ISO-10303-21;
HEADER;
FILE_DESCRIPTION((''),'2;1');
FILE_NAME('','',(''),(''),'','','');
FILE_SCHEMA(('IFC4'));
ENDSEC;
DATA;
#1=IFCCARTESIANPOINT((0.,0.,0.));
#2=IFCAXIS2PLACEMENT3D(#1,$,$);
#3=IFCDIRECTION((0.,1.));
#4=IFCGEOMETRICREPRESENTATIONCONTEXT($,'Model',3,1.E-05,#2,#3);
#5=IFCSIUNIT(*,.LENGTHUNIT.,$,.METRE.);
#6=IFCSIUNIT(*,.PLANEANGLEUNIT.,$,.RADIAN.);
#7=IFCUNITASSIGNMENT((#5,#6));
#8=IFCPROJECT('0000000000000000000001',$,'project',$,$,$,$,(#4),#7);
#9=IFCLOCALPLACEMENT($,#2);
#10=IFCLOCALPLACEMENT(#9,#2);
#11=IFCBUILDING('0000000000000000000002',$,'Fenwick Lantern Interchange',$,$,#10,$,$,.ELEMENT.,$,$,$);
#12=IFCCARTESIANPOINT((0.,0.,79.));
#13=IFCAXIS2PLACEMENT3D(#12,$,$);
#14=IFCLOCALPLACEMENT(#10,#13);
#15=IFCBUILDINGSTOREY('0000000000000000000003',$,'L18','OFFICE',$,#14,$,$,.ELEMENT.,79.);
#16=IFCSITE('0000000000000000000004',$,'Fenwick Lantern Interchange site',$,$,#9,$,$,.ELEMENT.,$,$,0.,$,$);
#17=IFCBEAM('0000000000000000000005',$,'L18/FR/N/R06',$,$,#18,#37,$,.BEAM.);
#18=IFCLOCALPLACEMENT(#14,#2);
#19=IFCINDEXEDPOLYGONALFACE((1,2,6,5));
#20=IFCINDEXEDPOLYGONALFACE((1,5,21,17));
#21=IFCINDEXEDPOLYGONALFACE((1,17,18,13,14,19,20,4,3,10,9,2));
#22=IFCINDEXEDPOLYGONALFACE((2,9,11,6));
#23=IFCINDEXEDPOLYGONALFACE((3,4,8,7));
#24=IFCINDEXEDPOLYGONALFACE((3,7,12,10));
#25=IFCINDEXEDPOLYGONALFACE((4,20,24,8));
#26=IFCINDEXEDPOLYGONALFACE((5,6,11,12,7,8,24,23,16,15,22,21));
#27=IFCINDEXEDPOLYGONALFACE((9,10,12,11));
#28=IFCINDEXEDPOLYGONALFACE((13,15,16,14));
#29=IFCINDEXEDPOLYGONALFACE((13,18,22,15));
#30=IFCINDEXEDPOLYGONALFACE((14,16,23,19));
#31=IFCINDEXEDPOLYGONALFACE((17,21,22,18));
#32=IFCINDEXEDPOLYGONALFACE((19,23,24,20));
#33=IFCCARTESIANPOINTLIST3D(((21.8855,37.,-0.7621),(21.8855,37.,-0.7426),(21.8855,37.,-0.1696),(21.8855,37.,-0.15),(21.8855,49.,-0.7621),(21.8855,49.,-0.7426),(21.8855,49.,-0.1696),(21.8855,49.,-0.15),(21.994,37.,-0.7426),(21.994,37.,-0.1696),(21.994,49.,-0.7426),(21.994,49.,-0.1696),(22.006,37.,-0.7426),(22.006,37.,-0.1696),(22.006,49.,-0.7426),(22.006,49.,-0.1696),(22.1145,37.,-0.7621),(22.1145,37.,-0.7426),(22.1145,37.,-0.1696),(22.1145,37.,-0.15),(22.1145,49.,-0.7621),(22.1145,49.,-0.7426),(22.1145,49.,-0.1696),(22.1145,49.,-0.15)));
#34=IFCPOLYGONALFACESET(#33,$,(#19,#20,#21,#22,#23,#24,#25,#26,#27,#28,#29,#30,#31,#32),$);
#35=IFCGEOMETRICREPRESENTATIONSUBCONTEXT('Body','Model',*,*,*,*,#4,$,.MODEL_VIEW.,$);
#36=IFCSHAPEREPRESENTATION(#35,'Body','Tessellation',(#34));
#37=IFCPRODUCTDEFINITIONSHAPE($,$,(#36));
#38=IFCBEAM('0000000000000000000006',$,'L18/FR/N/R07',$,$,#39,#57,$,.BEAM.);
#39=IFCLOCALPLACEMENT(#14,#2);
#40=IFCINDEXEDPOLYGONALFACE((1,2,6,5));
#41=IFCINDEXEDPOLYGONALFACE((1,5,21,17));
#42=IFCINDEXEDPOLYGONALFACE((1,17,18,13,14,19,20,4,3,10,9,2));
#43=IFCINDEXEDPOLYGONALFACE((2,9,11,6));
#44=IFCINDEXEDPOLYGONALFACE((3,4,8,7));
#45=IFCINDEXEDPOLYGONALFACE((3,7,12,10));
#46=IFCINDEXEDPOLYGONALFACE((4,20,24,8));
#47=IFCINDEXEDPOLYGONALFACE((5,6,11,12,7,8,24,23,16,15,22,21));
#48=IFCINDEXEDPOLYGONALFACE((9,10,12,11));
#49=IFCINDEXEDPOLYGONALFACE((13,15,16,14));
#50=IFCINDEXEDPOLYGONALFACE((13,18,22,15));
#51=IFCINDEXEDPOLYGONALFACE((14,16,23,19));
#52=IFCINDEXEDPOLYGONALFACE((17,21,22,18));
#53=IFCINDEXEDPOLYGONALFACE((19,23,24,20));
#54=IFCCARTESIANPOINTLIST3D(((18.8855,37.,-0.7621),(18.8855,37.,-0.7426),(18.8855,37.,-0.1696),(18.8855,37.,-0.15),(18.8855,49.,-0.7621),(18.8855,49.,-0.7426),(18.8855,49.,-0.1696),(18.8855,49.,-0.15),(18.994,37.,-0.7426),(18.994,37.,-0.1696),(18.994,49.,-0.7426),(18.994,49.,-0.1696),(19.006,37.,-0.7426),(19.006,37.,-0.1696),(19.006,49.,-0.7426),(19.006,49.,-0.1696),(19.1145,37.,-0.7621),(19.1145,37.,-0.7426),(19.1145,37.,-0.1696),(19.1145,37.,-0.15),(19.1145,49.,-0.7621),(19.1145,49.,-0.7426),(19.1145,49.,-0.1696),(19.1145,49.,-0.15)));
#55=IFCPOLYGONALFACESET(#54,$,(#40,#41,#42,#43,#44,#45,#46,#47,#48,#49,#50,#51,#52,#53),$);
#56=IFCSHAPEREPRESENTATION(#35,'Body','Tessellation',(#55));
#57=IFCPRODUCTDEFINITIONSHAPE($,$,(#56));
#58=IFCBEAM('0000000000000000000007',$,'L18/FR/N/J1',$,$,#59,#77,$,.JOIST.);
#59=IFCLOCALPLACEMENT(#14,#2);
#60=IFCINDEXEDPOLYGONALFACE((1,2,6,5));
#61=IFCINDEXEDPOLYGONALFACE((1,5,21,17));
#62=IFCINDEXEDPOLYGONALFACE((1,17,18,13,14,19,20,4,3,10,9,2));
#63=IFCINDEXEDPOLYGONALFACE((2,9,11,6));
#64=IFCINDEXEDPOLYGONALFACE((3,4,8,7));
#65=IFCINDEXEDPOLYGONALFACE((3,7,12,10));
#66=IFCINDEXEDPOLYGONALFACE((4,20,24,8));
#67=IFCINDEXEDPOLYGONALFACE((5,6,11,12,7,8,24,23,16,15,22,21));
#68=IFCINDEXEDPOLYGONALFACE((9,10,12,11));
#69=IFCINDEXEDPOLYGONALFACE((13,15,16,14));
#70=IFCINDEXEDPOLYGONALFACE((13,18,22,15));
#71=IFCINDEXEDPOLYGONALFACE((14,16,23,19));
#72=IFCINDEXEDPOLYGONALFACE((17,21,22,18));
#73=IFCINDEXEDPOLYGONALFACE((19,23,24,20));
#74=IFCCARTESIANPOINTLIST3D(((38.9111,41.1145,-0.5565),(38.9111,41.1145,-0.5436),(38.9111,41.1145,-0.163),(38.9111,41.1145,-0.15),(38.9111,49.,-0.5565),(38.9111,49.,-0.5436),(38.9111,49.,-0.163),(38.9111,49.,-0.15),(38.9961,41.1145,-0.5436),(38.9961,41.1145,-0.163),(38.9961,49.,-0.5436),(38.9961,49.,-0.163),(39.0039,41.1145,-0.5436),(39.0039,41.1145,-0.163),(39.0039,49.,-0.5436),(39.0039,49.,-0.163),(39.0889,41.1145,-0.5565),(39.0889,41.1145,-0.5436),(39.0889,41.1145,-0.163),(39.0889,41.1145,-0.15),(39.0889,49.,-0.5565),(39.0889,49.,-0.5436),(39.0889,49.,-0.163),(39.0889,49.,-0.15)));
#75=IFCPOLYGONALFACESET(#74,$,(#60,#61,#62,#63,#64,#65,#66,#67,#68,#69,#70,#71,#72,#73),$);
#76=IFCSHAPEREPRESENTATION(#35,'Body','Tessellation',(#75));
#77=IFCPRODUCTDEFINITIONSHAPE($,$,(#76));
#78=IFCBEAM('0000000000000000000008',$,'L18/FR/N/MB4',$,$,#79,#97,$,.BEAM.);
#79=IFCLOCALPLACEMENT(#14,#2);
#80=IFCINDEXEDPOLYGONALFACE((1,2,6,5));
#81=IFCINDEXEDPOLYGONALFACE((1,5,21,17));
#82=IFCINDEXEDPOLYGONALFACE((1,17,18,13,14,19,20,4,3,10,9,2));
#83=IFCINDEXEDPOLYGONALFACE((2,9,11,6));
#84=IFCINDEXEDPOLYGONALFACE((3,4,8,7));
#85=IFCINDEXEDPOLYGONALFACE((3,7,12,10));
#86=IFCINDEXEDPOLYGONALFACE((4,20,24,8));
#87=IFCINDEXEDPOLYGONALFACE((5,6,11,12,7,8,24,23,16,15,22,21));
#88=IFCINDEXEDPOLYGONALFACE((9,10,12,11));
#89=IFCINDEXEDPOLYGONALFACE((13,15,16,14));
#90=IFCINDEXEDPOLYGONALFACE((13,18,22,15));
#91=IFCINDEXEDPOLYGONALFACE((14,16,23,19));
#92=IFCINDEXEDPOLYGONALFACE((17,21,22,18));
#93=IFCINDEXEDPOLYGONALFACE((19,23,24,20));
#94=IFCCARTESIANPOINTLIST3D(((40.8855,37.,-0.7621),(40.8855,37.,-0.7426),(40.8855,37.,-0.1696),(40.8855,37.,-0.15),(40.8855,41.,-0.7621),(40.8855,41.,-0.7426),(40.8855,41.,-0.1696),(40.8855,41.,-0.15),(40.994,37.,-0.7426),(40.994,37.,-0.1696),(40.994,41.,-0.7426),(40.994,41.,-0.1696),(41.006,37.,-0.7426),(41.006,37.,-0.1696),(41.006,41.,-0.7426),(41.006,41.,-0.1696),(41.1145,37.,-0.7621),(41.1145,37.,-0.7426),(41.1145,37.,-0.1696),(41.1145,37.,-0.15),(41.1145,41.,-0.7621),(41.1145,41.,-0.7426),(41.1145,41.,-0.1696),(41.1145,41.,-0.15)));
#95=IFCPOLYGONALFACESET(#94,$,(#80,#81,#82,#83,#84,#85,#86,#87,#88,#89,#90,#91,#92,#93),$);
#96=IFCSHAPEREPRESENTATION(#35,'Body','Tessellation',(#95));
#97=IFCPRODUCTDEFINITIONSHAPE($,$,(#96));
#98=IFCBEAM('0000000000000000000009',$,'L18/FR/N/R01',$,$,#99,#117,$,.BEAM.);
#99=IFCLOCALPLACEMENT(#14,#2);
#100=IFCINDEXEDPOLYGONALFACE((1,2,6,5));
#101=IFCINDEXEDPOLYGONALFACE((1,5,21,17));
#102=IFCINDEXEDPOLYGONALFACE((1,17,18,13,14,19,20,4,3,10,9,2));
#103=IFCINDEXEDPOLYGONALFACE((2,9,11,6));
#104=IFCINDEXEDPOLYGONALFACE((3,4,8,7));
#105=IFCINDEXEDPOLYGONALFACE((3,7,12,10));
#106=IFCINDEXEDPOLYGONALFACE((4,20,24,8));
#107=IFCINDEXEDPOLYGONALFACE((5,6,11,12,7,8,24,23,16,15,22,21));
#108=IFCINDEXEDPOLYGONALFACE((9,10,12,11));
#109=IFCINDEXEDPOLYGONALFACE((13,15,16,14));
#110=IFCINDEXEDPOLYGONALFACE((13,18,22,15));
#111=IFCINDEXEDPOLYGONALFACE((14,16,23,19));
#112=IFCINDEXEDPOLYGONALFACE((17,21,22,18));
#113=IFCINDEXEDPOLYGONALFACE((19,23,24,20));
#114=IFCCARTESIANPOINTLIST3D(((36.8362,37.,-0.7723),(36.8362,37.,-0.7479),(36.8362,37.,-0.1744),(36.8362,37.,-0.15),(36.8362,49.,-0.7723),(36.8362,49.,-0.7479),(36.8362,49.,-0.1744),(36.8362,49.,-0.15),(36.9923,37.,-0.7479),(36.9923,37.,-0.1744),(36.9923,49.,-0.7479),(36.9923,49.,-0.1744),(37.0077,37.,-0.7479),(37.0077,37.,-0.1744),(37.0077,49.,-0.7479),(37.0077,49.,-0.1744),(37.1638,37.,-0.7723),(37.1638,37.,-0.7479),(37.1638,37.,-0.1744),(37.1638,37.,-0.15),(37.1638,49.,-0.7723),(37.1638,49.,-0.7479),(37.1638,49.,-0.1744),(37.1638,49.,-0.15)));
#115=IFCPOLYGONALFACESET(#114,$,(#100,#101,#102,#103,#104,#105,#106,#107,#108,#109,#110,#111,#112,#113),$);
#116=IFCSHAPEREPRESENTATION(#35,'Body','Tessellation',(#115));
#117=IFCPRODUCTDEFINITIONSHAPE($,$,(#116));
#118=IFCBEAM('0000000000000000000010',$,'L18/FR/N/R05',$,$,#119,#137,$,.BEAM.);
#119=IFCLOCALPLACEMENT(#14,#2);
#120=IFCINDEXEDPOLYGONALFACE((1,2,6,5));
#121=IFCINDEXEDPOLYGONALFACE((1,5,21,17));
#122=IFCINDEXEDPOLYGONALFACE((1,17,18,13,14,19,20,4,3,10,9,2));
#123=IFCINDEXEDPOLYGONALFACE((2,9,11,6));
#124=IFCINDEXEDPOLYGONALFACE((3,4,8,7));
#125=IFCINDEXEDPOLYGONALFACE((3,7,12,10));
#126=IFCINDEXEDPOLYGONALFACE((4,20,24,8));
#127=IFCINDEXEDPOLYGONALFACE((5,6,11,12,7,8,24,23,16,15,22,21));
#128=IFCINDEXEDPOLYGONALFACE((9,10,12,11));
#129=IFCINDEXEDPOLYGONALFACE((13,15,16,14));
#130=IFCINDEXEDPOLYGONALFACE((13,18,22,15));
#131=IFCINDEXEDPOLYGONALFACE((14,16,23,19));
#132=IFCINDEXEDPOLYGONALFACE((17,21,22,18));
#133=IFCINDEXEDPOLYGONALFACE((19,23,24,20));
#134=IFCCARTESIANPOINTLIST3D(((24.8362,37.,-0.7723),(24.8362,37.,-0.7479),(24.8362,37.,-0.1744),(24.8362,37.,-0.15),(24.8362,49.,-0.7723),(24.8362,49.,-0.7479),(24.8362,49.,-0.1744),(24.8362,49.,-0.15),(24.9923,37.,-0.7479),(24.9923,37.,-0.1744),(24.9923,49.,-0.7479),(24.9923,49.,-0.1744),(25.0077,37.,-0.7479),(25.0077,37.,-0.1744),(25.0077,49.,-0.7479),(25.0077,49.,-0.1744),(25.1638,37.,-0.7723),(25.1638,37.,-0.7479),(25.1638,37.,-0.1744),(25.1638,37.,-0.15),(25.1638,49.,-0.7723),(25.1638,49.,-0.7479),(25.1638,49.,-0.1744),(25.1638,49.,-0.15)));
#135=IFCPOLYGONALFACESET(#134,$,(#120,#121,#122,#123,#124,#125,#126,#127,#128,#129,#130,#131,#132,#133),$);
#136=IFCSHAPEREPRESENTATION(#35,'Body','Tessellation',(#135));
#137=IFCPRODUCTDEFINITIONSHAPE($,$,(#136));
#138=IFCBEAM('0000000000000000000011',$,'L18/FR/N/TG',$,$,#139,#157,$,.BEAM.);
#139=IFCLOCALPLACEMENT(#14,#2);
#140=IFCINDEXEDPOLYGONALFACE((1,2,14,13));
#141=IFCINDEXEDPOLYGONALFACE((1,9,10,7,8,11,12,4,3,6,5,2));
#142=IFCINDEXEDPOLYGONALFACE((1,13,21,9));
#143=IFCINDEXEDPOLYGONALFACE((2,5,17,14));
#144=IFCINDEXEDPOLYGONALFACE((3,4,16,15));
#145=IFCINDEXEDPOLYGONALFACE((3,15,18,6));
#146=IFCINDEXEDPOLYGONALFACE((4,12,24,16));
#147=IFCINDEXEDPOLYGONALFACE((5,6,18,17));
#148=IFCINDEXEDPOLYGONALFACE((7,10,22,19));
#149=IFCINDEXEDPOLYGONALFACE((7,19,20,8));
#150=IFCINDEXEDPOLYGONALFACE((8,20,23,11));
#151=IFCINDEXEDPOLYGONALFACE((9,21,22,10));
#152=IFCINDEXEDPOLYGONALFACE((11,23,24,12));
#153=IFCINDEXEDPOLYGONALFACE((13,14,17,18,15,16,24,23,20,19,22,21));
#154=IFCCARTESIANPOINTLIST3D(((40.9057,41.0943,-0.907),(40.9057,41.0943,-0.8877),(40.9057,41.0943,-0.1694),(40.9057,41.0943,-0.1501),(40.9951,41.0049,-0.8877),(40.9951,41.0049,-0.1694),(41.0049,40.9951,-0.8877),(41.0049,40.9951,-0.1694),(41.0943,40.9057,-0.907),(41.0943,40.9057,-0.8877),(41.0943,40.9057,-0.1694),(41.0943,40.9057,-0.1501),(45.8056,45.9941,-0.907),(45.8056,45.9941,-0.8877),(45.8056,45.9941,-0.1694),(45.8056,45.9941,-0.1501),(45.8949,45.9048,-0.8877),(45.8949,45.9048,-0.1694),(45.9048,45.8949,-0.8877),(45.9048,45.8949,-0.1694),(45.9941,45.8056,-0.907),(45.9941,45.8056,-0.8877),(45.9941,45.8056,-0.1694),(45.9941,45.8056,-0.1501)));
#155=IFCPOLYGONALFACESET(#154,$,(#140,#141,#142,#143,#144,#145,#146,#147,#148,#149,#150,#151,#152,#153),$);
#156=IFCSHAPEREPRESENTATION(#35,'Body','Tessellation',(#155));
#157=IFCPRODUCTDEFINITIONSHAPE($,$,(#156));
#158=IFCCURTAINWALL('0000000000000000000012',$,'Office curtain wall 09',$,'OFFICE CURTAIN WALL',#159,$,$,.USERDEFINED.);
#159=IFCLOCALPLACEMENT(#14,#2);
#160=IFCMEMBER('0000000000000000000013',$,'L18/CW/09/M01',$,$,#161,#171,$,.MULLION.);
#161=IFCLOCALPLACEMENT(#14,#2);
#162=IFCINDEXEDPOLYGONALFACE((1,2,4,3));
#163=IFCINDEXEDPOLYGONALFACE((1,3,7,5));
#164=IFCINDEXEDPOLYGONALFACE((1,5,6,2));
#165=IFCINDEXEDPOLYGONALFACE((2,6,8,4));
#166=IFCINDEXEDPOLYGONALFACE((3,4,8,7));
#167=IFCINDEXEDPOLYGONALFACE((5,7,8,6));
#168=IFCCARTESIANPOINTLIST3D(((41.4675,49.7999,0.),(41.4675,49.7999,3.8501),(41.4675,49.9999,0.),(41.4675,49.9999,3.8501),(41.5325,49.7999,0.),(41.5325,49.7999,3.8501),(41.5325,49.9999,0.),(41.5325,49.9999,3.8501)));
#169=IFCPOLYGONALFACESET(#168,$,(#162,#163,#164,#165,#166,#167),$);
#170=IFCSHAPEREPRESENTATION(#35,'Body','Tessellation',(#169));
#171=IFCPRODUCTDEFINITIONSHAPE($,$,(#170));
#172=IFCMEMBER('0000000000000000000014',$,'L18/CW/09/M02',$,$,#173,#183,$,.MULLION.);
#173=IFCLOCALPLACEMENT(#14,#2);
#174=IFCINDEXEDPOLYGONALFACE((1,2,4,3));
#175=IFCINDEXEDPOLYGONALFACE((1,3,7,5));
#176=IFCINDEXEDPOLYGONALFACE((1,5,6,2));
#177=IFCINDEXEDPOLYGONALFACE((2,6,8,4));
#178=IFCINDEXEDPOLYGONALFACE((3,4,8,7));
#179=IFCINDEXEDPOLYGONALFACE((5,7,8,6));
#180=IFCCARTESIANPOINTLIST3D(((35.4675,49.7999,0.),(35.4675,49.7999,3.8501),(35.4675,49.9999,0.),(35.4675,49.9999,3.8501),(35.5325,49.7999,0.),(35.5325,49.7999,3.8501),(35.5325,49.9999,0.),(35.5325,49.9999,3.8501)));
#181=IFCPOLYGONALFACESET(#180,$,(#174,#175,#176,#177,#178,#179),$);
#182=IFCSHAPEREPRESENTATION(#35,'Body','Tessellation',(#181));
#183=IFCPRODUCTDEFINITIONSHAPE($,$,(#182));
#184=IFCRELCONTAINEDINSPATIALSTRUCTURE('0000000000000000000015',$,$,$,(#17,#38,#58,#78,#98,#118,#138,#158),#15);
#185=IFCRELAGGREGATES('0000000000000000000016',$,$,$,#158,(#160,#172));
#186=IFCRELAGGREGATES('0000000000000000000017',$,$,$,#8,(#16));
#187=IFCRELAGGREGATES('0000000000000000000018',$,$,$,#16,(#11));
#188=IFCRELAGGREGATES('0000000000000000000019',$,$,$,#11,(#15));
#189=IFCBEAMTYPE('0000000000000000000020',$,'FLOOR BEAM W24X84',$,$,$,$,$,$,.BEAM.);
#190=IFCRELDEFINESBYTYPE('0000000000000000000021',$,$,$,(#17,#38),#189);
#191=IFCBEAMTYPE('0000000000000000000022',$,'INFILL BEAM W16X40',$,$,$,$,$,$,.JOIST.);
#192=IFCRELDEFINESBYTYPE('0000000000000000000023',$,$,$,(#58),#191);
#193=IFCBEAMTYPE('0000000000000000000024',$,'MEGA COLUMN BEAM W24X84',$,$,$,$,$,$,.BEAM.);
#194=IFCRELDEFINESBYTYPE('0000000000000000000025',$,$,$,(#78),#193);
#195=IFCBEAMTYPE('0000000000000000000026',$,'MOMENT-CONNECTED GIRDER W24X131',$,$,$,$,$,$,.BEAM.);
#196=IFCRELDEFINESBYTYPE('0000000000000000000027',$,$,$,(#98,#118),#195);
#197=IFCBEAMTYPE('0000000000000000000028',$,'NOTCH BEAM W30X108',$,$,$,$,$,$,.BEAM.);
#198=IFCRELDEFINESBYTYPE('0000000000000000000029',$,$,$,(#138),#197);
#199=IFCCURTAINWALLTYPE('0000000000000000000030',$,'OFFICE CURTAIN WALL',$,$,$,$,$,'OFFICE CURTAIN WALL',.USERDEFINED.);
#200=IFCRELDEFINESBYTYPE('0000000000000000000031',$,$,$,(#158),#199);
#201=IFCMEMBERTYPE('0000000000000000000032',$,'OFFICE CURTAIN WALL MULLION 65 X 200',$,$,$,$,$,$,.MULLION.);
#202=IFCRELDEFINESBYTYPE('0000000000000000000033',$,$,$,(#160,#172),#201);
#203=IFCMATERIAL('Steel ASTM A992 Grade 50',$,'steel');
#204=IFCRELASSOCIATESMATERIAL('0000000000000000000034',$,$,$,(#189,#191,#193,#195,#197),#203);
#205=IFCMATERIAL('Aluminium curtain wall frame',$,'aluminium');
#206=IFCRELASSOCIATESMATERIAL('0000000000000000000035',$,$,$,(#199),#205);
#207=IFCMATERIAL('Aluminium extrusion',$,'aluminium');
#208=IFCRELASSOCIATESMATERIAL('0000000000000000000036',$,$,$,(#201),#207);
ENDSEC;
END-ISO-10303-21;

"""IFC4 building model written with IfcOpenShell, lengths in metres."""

from ifc_helpers import new_model, si_unit, direction, frame, origin, origin_2d, place, context, subcontext, project, spatial, rectangle, i_section, extrude, material, material_profile, profile_set, type_object, element, aggregate, save


model = new_model("IFC4")

# Units and contexts
model_context = context("Model", 3, precision=1e-05, world=origin(), true_north=direction((0.0, 1.0)))
body_context = subcontext(model_context, "Body", "Model", "MODEL_VIEW")
ifc_project = project(units=[si_unit("LENGTHUNIT", "METRE"), si_unit("PLANEANGLEUNIT", "RADIAN")], contexts=[model_context])

# Site, building, storey
site_placement = place(None, origin())
site = spatial("IfcSite", under=ifc_project, at=site_placement, Name="Fenwick Lantern Interchange site", CompositionType="ELEMENT", RefElevation=0.0)
building_placement = place(site_placement, origin())
building = spatial("IfcBuilding", under=site, at=building_placement, Name="Fenwick Lantern Interchange", CompositionType="ELEMENT")
storey_placement = place(building_placement, frame((0.0, 0.0, 79.0)))
storey = spatial("IfcBuildingStorey", under=building, at=storey_placement, Name="L18", Description="OFFICE", CompositionType="ELEMENT", Elevation=79.0)

# Shared definitions
ifc_material_1 = material(Name="Steel ASTM A992 Grade 50", Category="steel")

# Beams
ifc_material_profile_1 = material_profile(ifc_material_1, i_section(OverallWidth=0.229, OverallDepth=0.6121, WebThickness=0.012, FlangeThickness=0.0195, at=origin_2d()), Name="W24X84")
ifc_profile_set_1 = profile_set([ifc_material_profile_1], Name="Steel ASTM A992 Grade 50")
beam_type_1 = type_object("IfcBeamType", Name="FLOOR BEAM W24X84", PredefinedType="BEAM", material=ifc_profile_set_1)
for number, where, z_axis, x_axis, name in (
    (1, (22.0, 49.0, -0.4561), (0.0, -1.0, 0.0), (1.0, 0.0, 0.0), "L18/FR/N/R06"),
    (2, (19.0, 49.0, -0.4561), (0.0, -1.0, 0.0), (1.0, 0.0, 0.0), "L18/FR/N/R07"),
):
    element("IfcBeam", number, at=place(storey_placement, frame(where, z_axis=z_axis, x_axis=x_axis)), inside=storey, type_object=beam_type_1, Name=name, PredefinedType="BEAM", context=body_context, shape_type="SweptSolid", body=[
        extrude(i_section(OverallWidth=0.229, OverallDepth=0.6121, WebThickness=0.012, FlangeThickness=0.0195, at=origin_2d()), origin(), (0.0, 0.0, 1.0), 12.0),
    ])
ifc_material_profile_2 = material_profile(ifc_material_1, i_section(OverallWidth=0.1777, OverallDepth=0.4065, WebThickness=0.0078, FlangeThickness=0.0129, at=origin_2d()), Name="W16X40")
ifc_profile_set_2 = profile_set([ifc_material_profile_2], Name="Steel ASTM A992 Grade 50")
beam_type_2 = type_object("IfcBeamType", Name="INFILL BEAM W16X40", PredefinedType="JOIST", material=ifc_profile_set_2)
beam_1_placement = place(storey_placement, frame((39.0, 49.0, -0.3533), z_axis=(0.0, -1.0, 0.0), x_axis=(1.0, 0.0, 0.0)))
element("IfcBeam", 3, at=beam_1_placement, inside=storey, type_object=beam_type_2, Name="L18/FR/N/J1", PredefinedType="JOIST", context=body_context, shape_type="SweptSolid", body=[
    extrude(i_section(OverallWidth=0.1777, OverallDepth=0.4065, WebThickness=0.0078, FlangeThickness=0.0129, at=origin_2d()), origin(), (0.0, 0.0, 1.0), 7.8855),
])
ifc_material_profile_3 = material_profile(ifc_material_1, i_section(OverallWidth=0.229, OverallDepth=0.6121, WebThickness=0.012, FlangeThickness=0.0195, at=origin_2d()), Name="W24X84")
ifc_profile_set_3 = profile_set([ifc_material_profile_3], Name="Steel ASTM A992 Grade 50")
beam_type_3 = type_object("IfcBeamType", Name="MEGA COLUMN BEAM W24X84", PredefinedType="BEAM", material=ifc_profile_set_3)
beam_2_placement = place(storey_placement, frame((41.0, 41.0, -0.4561), z_axis=(0.0, -1.0, 0.0), x_axis=(1.0, 0.0, 0.0)))
element("IfcBeam", 4, at=beam_2_placement, inside=storey, type_object=beam_type_3, Name="L18/FR/N/MB4", PredefinedType="BEAM", context=body_context, shape_type="SweptSolid", body=[
    extrude(i_section(OverallWidth=0.229, OverallDepth=0.6121, WebThickness=0.012, FlangeThickness=0.0195, at=origin_2d()), origin(), (0.0, 0.0, 1.0), 4.0),
])
ifc_material_profile_4 = material_profile(ifc_material_1, i_section(OverallWidth=0.3276, OverallDepth=0.6223, WebThickness=0.0154, FlangeThickness=0.0244, at=origin_2d()), Name="W24X131")
ifc_profile_set_4 = profile_set([ifc_material_profile_4], Name="Steel ASTM A992 Grade 50")
beam_type_4 = type_object("IfcBeamType", Name="MOMENT-CONNECTED GIRDER W24X131", PredefinedType="BEAM", material=ifc_profile_set_4)
for number, where, z_axis, x_axis, name in (
    (5, (37.0, 49.0, -0.4612), (0.0, -1.0, 0.0), (1.0, 0.0, 0.0), "L18/FR/N/R01"),
    (6, (25.0, 49.0, -0.4612), (0.0, -1.0, 0.0), (1.0, 0.0, 0.0), "L18/FR/N/R05"),
):
    element("IfcBeam", number, at=place(storey_placement, frame(where, z_axis=z_axis, x_axis=x_axis)), inside=storey, type_object=beam_type_4, Name=name, PredefinedType="BEAM", context=body_context, shape_type="SweptSolid", body=[
        extrude(i_section(OverallWidth=0.3276, OverallDepth=0.6223, WebThickness=0.0154, FlangeThickness=0.0244, at=origin_2d()), origin(), (0.0, 0.0, 1.0), 12.0),
    ])
ifc_material_profile_5 = material_profile(ifc_material_1, i_section(OverallWidth=0.2666, OverallDepth=0.7568, WebThickness=0.0139, FlangeThickness=0.0193, at=origin_2d()), Name="W30X108")
ifc_profile_set_5 = profile_set([ifc_material_profile_5], Name="Steel ASTM A992 Grade 50")
beam_type_5 = type_object("IfcBeamType", Name="NOTCH BEAM W30X108", PredefinedType="BEAM", material=ifc_profile_set_5)
beam_3_placement = place(storey_placement, frame((41.0, 41.0, -0.5286), z_axis=(0.707107, 0.707107, 0.0), x_axis=(-0.707107, 0.707107, 0.0)))
element("IfcBeam", 7, at=beam_3_placement, inside=storey, type_object=beam_type_5, Name="L18/FR/N/TG", PredefinedType="BEAM", context=body_context, shape_type="SweptSolid", body=[
    extrude(i_section(OverallWidth=0.2666, OverallDepth=0.7568, WebThickness=0.0139, FlangeThickness=0.0193, at=origin_2d()), origin(), (0.0, 0.0, 1.0), 6.9294),
])

# Curtain wall, members
ifc_material_2 = material(Name="Aluminium curtain wall frame", Category="aluminium")
curtain_wall_type = type_object("IfcCurtainWallType", Name="OFFICE CURTAIN WALL", ElementType="OFFICE CURTAIN WALL", PredefinedType="USERDEFINED", material=ifc_material_2)
curtain_wall_placement = place(storey_placement, origin())
curtain_wall = element("IfcCurtainWall", 8, at=curtain_wall_placement, inside=storey, type_object=curtain_wall_type, Name="Office curtain wall 09", ObjectType="OFFICE CURTAIN WALL", PredefinedType="USERDEFINED")
ifc_material_3 = material(Name="Aluminium extrusion", Category="aluminium")
ifc_material_profile_6 = material_profile(ifc_material_3, rectangle(XDim=0.2, YDim=0.0649, at=origin_2d()), Name="OFFICE CURTAIN WALL MULLION 65 X 200")
ifc_profile_set_6 = profile_set([ifc_material_profile_6], Name="Aluminium extrusion")
member_type_1 = type_object("IfcMemberType", Name="OFFICE CURTAIN WALL MULLION 65 X 200", PredefinedType="MULLION", material=ifc_profile_set_6)
member_1_placement = place(storey_placement, frame((41.5, 49.8999, 0.0), z_axis=(0.0, 0.0, 1.0), x_axis=(0.0, -1.0, 0.0)))
member_1 = element("IfcMember", 9, at=member_1_placement, type_object=member_type_1, Name="L18/CW/09/M01", PredefinedType="MULLION", context=body_context, shape_type="SweptSolid", body=[
    extrude(rectangle(XDim=0.2, YDim=0.0649, at=origin_2d()), origin(), (0.0, 0.0, 1.0), 3.8501),
])
member_2_placement = place(storey_placement, frame((35.5, 49.8999, 0.0), z_axis=(0.0, 0.0, 1.0), x_axis=(0.0, -1.0, 0.0)))
member_2 = element("IfcMember", 10, at=member_2_placement, type_object=member_type_1, Name="L18/CW/09/M02", PredefinedType="MULLION", context=body_context, shape_type="SweptSolid", body=[
    extrude(rectangle(XDim=0.2, YDim=0.0649, at=origin_2d()), origin(), (0.0, 0.0, 1.0), 3.8501),
])
aggregate(curtain_wall, [member_1, member_2])

save(model, "model.ifc")
